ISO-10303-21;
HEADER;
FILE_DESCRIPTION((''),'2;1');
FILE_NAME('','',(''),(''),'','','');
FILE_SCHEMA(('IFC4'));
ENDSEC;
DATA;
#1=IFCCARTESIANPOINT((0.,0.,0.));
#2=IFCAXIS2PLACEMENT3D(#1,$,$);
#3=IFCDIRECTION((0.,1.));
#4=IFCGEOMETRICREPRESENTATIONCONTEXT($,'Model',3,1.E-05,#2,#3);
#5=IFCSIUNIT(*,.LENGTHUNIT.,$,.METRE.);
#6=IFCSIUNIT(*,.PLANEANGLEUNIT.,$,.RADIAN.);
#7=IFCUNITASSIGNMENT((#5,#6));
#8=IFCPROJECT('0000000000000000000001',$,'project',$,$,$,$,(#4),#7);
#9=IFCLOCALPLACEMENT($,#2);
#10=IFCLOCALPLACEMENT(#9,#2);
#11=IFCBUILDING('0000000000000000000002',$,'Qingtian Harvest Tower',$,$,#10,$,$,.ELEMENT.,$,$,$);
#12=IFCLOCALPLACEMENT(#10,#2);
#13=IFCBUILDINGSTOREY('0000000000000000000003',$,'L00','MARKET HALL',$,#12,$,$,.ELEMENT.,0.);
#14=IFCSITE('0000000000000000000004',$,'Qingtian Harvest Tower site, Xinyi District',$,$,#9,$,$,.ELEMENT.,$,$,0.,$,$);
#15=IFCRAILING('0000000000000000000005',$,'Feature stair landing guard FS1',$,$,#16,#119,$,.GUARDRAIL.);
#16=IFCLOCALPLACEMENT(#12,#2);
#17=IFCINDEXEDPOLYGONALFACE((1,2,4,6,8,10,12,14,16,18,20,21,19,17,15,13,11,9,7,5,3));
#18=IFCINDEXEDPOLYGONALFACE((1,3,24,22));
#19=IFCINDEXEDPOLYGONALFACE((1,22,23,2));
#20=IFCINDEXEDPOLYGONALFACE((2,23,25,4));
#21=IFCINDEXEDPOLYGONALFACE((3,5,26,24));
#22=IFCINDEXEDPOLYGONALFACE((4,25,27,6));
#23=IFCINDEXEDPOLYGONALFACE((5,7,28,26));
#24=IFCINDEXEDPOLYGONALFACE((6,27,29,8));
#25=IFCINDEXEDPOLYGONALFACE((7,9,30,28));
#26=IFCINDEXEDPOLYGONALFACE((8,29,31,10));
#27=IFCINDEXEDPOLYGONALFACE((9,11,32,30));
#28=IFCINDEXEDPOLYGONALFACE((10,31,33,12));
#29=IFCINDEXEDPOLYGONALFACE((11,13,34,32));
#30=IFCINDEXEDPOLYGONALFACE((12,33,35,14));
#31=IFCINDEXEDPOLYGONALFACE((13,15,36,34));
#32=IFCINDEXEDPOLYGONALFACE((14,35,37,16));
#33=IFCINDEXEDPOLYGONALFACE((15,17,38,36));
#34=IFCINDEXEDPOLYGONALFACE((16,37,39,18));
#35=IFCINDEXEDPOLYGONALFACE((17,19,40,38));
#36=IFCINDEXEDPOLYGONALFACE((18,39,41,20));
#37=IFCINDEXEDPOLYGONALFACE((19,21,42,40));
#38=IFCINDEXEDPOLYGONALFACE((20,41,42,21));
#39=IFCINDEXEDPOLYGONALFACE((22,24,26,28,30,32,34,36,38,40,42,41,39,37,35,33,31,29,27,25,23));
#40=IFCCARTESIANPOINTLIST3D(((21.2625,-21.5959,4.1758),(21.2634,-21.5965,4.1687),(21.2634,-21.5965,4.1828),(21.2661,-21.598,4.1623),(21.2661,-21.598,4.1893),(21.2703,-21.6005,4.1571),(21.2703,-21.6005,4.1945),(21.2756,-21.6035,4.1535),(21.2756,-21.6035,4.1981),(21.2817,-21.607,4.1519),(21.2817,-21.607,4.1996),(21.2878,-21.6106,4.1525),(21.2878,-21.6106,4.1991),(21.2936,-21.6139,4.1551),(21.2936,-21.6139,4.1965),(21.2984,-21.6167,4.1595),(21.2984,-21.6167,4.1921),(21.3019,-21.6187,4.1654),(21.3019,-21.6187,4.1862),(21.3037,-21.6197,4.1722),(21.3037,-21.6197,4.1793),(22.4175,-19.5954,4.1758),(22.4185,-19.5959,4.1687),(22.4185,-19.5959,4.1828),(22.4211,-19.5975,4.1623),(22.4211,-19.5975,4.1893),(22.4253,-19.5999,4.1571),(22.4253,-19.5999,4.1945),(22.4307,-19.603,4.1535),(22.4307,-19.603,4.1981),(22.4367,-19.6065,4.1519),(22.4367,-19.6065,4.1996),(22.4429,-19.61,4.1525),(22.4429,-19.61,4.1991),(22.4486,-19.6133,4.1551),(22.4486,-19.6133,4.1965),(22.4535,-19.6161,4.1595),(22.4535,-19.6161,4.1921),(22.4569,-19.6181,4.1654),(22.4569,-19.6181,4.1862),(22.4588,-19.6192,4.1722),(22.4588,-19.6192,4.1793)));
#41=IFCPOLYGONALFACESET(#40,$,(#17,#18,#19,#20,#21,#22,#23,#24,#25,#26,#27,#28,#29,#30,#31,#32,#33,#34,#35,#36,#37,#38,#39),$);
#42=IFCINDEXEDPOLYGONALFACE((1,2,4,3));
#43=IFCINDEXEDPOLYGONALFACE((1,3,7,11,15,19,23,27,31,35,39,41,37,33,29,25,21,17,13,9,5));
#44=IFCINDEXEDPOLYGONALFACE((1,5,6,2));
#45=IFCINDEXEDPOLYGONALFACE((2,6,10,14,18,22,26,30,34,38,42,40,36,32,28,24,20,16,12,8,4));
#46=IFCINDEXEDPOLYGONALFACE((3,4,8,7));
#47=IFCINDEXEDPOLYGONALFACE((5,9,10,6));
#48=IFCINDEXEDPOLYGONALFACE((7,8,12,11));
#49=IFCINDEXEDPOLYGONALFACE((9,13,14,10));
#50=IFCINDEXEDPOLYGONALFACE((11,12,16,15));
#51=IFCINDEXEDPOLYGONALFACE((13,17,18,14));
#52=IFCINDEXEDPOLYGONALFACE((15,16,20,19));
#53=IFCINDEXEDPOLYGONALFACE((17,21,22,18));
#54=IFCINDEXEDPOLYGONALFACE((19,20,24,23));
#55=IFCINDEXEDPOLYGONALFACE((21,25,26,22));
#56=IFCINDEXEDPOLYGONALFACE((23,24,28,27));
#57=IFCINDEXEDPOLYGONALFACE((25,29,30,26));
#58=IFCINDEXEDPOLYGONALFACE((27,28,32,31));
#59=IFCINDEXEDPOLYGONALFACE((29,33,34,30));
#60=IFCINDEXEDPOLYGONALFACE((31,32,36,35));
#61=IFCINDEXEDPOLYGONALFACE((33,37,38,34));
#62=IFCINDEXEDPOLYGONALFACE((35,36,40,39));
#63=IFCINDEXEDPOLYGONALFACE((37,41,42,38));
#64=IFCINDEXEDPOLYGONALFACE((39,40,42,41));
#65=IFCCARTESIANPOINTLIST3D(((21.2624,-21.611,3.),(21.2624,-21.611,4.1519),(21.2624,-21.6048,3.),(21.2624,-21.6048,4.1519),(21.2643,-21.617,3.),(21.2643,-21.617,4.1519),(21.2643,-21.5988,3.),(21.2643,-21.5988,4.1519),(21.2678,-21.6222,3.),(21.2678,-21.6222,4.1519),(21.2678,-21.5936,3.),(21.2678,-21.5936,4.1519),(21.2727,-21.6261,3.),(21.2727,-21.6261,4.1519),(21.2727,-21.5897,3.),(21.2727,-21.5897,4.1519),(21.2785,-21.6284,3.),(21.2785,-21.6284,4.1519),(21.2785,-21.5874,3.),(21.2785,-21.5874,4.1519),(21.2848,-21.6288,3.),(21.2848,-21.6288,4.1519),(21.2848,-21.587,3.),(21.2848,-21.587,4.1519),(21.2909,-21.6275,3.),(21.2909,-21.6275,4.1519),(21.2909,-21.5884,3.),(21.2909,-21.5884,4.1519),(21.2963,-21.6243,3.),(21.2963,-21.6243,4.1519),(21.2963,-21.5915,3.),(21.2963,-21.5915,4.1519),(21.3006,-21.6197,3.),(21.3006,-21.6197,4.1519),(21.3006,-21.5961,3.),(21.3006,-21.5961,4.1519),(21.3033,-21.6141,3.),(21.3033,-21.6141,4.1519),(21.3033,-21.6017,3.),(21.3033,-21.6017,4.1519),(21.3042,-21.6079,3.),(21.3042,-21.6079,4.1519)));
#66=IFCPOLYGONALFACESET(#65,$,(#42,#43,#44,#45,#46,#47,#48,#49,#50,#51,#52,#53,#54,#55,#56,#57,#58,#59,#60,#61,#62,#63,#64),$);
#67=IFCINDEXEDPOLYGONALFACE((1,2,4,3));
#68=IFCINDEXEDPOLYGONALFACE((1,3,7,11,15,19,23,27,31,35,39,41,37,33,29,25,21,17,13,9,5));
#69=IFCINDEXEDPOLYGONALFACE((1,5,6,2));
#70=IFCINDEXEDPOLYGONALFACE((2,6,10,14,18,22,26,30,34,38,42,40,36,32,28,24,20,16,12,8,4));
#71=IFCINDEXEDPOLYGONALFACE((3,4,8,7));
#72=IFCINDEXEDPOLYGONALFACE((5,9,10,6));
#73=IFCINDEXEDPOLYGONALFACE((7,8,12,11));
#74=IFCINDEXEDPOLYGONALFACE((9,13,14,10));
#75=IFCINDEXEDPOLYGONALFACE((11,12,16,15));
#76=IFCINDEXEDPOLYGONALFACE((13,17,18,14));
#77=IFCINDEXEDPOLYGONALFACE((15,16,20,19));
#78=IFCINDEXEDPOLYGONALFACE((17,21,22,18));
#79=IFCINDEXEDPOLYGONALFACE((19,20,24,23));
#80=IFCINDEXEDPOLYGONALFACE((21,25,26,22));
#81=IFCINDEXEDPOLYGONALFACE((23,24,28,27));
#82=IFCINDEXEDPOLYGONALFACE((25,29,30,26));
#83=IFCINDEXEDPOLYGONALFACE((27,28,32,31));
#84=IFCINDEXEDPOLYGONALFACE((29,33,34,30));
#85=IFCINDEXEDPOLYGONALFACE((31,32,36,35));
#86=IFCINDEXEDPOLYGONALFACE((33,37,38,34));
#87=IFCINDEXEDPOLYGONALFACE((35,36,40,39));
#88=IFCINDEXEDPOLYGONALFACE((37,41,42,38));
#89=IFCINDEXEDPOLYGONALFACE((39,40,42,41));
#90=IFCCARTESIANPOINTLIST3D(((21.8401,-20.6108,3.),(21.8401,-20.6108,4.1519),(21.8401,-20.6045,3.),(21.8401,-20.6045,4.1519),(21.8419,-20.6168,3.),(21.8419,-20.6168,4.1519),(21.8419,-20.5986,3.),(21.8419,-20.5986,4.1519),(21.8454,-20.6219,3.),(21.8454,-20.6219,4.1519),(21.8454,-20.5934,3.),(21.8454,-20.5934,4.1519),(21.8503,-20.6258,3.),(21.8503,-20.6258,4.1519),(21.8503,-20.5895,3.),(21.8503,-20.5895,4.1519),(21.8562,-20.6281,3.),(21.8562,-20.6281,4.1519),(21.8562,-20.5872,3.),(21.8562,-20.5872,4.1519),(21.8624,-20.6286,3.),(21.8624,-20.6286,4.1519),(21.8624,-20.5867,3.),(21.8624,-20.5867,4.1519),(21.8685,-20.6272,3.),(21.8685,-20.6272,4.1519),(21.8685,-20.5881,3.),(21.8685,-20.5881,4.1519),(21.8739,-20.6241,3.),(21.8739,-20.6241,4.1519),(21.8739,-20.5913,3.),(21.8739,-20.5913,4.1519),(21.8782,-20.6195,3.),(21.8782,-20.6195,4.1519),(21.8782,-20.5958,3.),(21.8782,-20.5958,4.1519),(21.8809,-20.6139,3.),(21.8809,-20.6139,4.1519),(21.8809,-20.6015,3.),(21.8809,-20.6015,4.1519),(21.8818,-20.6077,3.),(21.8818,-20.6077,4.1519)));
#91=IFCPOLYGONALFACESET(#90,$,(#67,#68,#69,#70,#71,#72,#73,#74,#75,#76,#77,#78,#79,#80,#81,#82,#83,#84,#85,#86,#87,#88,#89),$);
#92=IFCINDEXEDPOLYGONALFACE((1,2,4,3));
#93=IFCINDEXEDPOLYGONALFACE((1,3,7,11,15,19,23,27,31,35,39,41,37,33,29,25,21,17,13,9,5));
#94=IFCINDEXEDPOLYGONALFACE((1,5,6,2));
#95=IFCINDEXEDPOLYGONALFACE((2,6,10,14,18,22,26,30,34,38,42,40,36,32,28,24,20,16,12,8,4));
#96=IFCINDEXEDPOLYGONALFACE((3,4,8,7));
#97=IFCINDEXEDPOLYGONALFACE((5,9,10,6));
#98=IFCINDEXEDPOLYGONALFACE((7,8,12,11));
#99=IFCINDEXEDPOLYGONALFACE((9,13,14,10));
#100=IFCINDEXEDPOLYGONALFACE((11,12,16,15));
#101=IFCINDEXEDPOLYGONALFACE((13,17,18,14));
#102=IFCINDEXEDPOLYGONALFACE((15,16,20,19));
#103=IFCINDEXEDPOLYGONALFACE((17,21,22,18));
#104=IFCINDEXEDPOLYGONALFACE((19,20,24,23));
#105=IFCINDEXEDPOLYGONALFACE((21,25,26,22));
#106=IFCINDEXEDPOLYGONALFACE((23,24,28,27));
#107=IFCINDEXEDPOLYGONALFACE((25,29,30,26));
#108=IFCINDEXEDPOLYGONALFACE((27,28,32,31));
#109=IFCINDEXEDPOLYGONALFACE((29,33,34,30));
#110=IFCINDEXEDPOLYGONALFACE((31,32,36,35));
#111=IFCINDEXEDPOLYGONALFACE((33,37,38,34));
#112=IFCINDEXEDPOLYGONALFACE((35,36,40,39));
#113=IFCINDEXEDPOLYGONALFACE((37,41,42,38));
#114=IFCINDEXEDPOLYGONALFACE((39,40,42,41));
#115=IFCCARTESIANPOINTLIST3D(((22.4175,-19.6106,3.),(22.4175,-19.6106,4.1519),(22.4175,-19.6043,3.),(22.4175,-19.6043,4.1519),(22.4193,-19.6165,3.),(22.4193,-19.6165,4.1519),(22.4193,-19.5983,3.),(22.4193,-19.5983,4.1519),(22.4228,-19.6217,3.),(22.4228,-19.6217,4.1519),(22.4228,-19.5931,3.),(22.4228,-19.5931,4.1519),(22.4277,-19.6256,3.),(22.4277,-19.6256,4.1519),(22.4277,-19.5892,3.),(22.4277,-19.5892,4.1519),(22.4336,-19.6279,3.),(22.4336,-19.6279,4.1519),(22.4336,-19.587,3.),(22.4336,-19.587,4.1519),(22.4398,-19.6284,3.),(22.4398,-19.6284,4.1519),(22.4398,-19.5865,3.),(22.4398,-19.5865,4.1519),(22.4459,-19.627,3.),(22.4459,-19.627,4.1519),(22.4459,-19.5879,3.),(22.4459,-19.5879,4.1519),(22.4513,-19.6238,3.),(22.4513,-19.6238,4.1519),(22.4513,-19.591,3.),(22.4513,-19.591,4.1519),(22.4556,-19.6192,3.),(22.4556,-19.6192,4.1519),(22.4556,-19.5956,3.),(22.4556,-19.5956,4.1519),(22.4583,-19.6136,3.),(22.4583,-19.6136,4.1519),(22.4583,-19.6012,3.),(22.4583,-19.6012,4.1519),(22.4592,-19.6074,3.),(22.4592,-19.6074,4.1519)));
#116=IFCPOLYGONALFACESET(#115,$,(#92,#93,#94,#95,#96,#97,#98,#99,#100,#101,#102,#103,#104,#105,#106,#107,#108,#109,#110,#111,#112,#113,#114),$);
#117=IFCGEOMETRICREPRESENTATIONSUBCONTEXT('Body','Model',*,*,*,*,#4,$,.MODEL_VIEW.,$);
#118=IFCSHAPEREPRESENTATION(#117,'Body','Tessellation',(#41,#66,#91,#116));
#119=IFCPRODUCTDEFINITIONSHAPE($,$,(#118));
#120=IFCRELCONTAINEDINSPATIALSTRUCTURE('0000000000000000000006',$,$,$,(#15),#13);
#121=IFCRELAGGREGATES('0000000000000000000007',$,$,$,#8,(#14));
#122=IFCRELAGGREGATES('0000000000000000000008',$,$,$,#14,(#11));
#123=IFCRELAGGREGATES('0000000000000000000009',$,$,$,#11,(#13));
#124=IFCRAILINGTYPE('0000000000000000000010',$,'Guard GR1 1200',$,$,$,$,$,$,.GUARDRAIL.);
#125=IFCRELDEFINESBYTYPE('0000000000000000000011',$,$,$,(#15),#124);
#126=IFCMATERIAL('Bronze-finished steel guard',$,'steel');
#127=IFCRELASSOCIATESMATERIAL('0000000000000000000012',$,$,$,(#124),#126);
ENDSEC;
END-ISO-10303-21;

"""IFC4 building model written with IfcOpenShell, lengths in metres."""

from ifc_helpers import new_model, si_unit, direction, frame, origin, origin_2d, place, context, subcontext, project, spatial, circle, extrude, material, type_object, element, save


model = new_model("IFC4")

# Units and contexts
model_context = context("Model", 3, precision=1e-05, world=origin(), true_north=direction((0.0, 1.0)))
body_context = subcontext(model_context, "Body", "Model", "MODEL_VIEW")
ifc_project = project(units=[si_unit("LENGTHUNIT", "METRE"), si_unit("PLANEANGLEUNIT", "RADIAN")], contexts=[model_context])

# Site, building, storey
site_placement = place(None, origin())
site = spatial("IfcSite", under=ifc_project, at=site_placement, Name="Qingtian Harvest Tower site, Xinyi District", CompositionType="ELEMENT", RefElevation=0.0)
building_placement = place(site_placement, origin())
building = spatial("IfcBuilding", under=site, at=building_placement, Name="Qingtian Harvest Tower", CompositionType="ELEMENT")
storey_placement = place(building_placement, origin())
storey = spatial("IfcBuildingStorey", under=building, at=storey_placement, Name="L00", Description="MARKET HALL", CompositionType="ELEMENT", Elevation=0.0)

# Railing
ifc_material_1 = material(Name="Bronze-finished steel guard", Category="steel")
railing_type = type_object("IfcRailingType", Name="Guard GR1 1200", PredefinedType="GUARDRAIL", material=ifc_material_1)
railing_1_placement = place(storey_placement, frame((21.2832, -21.6079, 3.0)))
element("IfcRailing", 1, at=railing_1_placement, inside=storey, type_object=railing_type, Name="Feature stair landing guard FS1", PredefinedType="GUARDRAIL", context=body_context, shape_type="SweptSolid", body=[
    extrude(circle(Radius=0.0239, at=origin_2d()), frame((0.0, 0.0, 1.1758), z_axis=(0.500015, 0.866017, 0.0), x_axis=(-0.866017, 0.500015, 0.0)), (0.0, 0.0, 1.0), 2.3101),
    extrude(circle(Radius=0.021, at=origin_2d()), origin(), (0.0, 0.0, 1.0), 1.1519),
    extrude(circle(Radius=0.021, at=origin_2d()), frame((0.5776, 1.0002, 0.0)), (0.0, 0.0, 1.0), 1.1519),
    extrude(circle(Radius=0.021, at=origin_2d()), frame((1.155, 2.0005, 0.0)), (0.0, 0.0, 1.0), 1.1519),
])

save(model, "model.ifc")
